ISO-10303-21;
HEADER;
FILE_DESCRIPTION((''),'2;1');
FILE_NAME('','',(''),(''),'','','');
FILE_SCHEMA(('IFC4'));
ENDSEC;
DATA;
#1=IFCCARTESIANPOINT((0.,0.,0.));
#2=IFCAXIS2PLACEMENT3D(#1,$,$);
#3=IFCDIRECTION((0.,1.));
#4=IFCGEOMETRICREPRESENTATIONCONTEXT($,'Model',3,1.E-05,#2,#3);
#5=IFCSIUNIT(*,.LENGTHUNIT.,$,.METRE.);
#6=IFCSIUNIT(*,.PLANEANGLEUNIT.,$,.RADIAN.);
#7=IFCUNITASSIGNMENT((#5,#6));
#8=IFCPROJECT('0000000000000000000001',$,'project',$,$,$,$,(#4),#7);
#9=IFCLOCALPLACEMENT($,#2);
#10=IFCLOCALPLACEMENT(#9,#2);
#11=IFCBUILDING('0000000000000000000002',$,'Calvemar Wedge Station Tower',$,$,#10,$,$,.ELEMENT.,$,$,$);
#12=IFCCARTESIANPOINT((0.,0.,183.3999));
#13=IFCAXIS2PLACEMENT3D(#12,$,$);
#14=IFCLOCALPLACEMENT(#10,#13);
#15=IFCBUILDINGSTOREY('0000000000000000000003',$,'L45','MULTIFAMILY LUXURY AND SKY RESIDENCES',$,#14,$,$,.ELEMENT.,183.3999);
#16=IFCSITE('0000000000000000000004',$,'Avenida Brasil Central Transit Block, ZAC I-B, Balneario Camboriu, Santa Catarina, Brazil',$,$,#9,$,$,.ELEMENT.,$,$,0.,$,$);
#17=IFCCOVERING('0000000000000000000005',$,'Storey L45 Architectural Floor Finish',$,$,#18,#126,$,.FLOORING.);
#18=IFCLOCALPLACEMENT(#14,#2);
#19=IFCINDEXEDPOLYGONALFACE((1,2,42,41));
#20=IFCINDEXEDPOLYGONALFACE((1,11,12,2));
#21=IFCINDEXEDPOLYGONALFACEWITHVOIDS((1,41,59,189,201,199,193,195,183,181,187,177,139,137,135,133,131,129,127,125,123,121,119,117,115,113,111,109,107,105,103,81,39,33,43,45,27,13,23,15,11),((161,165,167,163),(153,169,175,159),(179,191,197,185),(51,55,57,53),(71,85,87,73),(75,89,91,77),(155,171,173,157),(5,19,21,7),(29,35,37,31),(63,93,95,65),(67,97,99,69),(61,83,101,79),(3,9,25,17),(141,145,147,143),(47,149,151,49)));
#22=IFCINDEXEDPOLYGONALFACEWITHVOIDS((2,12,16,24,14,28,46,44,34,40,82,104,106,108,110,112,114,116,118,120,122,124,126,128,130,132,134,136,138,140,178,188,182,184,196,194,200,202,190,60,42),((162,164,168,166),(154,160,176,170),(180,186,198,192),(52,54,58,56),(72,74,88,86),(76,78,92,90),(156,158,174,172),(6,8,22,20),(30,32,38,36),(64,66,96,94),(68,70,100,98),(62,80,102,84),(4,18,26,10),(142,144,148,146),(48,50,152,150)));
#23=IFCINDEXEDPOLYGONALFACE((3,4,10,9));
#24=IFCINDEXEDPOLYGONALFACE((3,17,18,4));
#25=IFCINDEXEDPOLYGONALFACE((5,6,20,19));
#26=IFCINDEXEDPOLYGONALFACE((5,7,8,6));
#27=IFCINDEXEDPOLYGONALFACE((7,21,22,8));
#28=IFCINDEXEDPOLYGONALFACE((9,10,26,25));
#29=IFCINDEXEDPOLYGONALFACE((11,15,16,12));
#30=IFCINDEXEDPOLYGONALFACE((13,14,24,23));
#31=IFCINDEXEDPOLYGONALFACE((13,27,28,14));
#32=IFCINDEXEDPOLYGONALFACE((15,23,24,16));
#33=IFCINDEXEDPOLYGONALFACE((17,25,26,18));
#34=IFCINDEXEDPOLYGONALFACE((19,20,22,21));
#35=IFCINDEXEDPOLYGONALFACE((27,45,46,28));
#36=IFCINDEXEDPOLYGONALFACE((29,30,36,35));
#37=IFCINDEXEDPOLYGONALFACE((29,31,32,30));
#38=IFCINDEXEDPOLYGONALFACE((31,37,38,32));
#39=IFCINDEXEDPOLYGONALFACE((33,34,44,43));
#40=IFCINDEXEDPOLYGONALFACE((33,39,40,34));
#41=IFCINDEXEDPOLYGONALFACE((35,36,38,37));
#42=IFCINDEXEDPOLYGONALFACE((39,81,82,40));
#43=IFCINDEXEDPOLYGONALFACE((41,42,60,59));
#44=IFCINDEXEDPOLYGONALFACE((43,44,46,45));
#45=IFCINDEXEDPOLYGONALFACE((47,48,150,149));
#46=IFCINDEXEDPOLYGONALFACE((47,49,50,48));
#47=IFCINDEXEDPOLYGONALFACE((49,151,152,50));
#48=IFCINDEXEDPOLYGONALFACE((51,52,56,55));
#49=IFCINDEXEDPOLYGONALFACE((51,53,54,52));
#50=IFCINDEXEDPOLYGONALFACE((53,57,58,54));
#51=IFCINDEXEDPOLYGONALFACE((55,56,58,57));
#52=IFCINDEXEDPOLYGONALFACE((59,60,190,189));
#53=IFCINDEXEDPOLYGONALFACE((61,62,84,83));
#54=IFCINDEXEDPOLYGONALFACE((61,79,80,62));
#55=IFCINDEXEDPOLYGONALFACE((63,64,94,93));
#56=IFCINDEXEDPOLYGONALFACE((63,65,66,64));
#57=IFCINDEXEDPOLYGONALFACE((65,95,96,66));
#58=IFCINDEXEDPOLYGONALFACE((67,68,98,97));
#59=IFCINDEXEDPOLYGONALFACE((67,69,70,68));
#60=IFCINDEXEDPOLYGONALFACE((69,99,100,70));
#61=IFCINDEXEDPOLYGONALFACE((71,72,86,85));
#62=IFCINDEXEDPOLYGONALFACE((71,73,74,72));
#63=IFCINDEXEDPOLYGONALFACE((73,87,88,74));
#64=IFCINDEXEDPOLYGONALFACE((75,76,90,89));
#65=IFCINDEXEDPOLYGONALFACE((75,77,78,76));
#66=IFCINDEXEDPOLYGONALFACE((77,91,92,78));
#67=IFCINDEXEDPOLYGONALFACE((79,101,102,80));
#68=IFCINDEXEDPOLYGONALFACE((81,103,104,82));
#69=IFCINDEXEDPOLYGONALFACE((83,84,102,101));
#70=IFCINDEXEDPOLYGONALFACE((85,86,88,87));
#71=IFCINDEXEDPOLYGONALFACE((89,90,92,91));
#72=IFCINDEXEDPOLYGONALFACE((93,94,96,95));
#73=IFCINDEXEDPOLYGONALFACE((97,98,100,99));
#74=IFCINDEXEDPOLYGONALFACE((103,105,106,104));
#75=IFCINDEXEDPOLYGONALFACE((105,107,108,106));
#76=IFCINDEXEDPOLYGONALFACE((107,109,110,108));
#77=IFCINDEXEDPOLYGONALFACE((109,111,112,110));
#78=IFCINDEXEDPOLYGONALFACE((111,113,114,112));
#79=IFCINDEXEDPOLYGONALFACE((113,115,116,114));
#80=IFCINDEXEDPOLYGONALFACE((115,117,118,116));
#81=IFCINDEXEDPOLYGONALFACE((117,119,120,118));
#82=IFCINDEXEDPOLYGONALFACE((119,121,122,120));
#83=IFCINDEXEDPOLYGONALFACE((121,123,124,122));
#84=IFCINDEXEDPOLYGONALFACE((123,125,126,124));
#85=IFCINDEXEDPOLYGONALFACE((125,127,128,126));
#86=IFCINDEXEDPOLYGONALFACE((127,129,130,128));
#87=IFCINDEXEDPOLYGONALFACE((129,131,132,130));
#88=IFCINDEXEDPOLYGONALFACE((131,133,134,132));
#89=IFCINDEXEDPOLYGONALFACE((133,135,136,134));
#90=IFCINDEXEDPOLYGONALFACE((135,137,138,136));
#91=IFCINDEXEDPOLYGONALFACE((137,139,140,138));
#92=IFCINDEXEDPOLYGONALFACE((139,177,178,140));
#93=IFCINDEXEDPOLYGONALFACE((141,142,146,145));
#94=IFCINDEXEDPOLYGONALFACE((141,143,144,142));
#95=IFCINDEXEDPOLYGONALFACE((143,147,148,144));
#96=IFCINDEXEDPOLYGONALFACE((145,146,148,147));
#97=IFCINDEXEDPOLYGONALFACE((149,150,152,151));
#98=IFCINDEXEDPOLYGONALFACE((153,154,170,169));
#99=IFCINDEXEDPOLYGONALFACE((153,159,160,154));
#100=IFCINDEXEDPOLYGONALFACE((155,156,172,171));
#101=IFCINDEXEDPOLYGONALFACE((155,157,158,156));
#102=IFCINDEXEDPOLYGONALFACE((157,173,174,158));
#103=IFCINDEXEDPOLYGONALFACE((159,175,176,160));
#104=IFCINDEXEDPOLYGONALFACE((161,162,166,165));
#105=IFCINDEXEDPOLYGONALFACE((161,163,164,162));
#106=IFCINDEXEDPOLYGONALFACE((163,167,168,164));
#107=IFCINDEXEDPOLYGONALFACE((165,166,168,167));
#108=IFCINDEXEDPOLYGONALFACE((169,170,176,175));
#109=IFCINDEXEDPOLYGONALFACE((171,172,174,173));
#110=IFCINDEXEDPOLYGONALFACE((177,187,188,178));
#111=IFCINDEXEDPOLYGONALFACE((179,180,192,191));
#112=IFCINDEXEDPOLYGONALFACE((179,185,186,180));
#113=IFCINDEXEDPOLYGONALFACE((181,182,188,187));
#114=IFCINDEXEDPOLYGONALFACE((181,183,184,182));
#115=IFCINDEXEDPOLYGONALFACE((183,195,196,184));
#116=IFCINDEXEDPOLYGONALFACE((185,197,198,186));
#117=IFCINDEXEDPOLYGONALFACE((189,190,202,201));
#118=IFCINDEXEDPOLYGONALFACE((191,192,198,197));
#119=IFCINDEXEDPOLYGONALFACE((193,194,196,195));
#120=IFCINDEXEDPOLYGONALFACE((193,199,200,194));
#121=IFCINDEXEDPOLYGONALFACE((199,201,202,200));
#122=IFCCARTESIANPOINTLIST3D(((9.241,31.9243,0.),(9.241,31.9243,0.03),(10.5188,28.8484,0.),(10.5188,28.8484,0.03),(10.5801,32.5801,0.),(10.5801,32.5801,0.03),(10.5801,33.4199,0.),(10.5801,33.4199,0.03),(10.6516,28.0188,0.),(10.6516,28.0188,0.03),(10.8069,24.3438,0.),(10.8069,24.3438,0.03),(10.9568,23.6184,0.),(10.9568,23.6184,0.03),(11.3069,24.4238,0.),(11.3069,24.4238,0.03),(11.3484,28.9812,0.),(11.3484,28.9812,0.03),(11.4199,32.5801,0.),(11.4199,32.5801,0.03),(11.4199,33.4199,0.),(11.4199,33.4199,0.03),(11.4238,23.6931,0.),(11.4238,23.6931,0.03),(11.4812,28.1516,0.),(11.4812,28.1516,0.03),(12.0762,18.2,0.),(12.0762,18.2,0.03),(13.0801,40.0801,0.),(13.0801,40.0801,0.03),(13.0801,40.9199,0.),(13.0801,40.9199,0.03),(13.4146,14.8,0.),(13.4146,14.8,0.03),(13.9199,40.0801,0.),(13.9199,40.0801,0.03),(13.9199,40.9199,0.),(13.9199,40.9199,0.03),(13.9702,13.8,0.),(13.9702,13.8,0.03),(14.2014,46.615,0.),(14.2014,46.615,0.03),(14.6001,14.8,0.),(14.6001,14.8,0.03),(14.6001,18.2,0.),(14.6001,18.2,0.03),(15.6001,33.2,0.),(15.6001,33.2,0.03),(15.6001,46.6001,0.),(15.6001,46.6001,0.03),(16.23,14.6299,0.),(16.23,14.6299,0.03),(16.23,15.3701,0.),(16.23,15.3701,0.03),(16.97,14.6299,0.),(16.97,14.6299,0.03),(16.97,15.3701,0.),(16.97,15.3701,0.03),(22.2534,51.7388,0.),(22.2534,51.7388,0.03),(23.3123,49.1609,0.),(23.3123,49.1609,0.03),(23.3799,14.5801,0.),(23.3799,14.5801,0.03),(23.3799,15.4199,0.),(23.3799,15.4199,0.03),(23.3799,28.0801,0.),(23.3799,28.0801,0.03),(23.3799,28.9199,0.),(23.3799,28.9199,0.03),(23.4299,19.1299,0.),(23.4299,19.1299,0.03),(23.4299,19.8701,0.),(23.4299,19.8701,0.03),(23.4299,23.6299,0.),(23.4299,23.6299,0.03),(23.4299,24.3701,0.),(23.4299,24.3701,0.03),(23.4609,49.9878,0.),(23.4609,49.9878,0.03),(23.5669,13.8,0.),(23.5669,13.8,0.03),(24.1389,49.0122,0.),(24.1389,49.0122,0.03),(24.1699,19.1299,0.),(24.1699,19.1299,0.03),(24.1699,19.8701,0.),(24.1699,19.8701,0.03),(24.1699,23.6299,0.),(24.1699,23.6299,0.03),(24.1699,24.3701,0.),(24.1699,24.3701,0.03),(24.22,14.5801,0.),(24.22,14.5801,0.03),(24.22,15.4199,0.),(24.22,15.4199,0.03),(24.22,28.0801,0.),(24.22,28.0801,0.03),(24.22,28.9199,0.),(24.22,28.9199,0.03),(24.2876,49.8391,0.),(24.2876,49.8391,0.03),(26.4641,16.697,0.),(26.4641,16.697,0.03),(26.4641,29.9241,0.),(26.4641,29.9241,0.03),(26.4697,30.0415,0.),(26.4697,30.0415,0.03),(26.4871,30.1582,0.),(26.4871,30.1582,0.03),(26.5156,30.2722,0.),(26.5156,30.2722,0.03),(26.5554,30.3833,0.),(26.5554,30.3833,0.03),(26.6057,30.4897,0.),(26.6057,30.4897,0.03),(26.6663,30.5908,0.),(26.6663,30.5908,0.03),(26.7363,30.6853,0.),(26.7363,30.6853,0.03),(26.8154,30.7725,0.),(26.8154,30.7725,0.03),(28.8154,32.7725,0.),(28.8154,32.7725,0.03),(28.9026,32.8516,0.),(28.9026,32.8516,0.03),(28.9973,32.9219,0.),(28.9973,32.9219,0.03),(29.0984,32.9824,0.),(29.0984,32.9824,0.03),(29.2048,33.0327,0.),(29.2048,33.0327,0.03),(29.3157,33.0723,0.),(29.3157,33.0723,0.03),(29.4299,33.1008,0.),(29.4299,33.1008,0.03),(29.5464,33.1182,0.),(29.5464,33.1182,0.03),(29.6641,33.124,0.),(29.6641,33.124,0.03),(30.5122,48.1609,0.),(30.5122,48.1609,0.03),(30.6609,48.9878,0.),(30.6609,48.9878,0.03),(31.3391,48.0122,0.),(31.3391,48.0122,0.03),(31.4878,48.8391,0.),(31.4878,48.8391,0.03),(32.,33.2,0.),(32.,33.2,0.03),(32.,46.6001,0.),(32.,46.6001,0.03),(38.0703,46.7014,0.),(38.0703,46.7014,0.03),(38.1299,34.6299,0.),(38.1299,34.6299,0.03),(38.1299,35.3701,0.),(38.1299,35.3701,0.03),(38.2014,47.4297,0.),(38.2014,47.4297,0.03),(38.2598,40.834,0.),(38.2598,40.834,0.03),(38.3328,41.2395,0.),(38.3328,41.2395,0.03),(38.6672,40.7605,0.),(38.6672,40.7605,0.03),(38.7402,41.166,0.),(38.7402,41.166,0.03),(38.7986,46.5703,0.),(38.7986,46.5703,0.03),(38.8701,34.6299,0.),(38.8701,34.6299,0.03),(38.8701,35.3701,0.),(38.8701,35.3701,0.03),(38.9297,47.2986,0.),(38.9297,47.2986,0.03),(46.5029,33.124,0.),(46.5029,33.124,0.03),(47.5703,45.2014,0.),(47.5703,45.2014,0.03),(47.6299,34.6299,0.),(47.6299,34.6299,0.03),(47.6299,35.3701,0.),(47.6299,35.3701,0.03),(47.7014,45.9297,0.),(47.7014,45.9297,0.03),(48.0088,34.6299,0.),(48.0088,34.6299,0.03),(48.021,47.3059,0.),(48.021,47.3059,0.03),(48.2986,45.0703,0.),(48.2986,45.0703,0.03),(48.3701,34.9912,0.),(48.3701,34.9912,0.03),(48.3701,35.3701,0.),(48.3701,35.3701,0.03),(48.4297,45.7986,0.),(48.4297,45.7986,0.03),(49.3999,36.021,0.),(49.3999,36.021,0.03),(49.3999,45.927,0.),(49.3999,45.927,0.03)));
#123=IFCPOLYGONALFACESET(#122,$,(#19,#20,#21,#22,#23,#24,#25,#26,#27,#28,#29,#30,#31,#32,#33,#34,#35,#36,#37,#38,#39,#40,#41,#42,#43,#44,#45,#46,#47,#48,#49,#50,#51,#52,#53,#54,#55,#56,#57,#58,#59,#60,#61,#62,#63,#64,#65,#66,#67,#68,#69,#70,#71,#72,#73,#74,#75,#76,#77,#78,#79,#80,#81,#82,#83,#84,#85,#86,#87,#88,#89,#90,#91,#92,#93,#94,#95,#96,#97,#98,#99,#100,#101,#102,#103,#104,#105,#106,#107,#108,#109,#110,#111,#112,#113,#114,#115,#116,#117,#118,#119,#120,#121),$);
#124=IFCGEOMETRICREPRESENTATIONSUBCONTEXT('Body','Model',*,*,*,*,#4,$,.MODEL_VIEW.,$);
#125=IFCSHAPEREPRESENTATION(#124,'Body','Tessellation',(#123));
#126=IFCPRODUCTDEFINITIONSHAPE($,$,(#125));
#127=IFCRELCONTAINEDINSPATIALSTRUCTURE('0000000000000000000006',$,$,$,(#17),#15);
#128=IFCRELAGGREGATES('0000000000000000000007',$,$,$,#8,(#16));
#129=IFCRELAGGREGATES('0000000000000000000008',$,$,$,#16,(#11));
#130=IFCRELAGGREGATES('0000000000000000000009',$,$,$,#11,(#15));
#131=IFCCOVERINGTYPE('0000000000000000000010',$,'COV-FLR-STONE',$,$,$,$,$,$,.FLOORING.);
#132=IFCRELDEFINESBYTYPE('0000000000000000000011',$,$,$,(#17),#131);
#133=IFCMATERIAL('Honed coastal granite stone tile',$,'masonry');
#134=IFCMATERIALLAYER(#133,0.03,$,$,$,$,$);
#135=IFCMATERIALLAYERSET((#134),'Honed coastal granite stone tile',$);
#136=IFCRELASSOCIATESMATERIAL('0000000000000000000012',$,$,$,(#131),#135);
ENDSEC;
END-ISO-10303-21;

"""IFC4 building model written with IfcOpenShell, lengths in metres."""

from ifc_helpers import new_model, si_unit, direction, frame, origin, place, context, subcontext, project, spatial, polyline, outline, extrude, material, layer, layer_set, type_object, element, save


model = new_model("IFC4")

# Units and contexts
model_context = context("Model", 3, precision=1e-05, world=origin(), true_north=direction((0.0, 1.0)))
body_context = subcontext(model_context, "Body", "Model", "MODEL_VIEW")
ifc_project = project(units=[si_unit("LENGTHUNIT", "METRE"), si_unit("PLANEANGLEUNIT", "RADIAN")], contexts=[model_context])

# Site, building, storey
site_placement = place(None, origin())
site = spatial("IfcSite", under=ifc_project, at=site_placement, Name="Avenida Brasil Central Transit Block, ZAC I-B, Balneario Camboriu, Santa Catarina, Brazil", CompositionType="ELEMENT", RefElevation=0.0)
building_placement = place(site_placement, origin())
building = spatial("IfcBuilding", under=site, at=building_placement, Name="Calvemar Wedge Station Tower", CompositionType="ELEMENT")
storey_placement = place(building_placement, frame((0.0, 0.0, 183.3999)))
storey = spatial("IfcBuildingStorey", under=building, at=storey_placement, Name="L45", Description="MULTIFAMILY LUXURY AND SKY RESIDENCES", CompositionType="ELEMENT", Elevation=183.3999)

# Covering
ifc_material_1 = material(Name="Honed coastal granite stone tile", Category="masonry")
ifc_layer_1 = layer(ifc_material_1, 0.03)
ifc_layer_set_1 = layer_set([ifc_layer_1], Name="Honed coastal granite stone tile")
covering_type_1 = type_object("IfcCoveringType", Name="COV-FLR-STONE", PredefinedType="FLOORING", material=ifc_layer_set_1)
covering_1_placement = place(storey_placement, origin())
element("IfcCovering", 1, at=covering_1_placement, inside=storey, type_object=covering_type_1, Name="Storey L45 Architectural Floor Finish", PredefinedType="FLOORING", context=body_context, shape_type="SweptSolid", body=[
    extrude(outline(polyline([(26.8154, 30.7725), (28.8154, 32.7725), (28.9026, 32.8516), (28.9973, 32.9219), (29.0984, 32.9824), (29.2048, 33.0327), (29.3157, 33.0723), (29.4299, 33.1008), (29.5464, 33.1182), (29.6641, 33.124), (46.5029, 33.124), (48.0088, 34.6299), (47.6299, 34.6299), (47.6299, 35.3701), (48.3701, 35.3701), (48.3701, 34.9912), (49.3999, 36.021), (49.3999, 45.927), (48.021, 47.3059), (22.2534, 51.7388), (14.2014, 46.615), (9.241, 31.9243), (10.8069, 24.3438), (11.3069, 24.4238), (11.4238, 23.6931), (10.9568, 23.6184), (12.0762, 18.2), (14.6001, 18.2), (14.6001, 14.8), (13.4146, 14.8), (13.9702, 13.8), (23.5669, 13.8), (26.4641, 16.697), (26.4641, 29.9241), (26.4697, 30.0415), (26.4871, 30.1582), (26.5156, 30.2722), (26.5554, 30.3833), (26.6057, 30.4897), (26.6663, 30.5908), (26.7363, 30.6853), (26.8154, 30.7725)]), holes=[polyline([(15.6001, 46.6001), (32.0, 46.6001), (32.0, 33.2), (15.6001, 33.2), (15.6001, 46.6001)]), polyline([(10.5801, 32.5801), (10.5801, 33.4199), (11.4199, 33.4199), (11.4199, 32.5801), (10.5801, 32.5801)]), polyline([(13.0801, 40.9199), (13.9199, 40.9199), (13.9199, 40.0801), (13.0801, 40.0801), (13.0801, 40.9199)]), polyline([(24.2876, 49.8391), (24.1389, 49.0122), (23.3123, 49.1609), (23.4609, 49.9878), (24.2876, 49.8391)]), polyline([(31.3391, 48.0122), (30.5122, 48.1609), (30.6609, 48.9878), (31.4878, 48.8391), (31.3391, 48.0122)]), polyline([(38.0703, 46.7014), (38.2014, 47.4297), (38.9297, 47.2986), (38.7986, 46.5703), (38.0703, 46.7014)]), polyline([(47.7014, 45.9297), (48.4297, 45.7986), (48.2986, 45.0703), (47.5703, 45.2014), (47.7014, 45.9297)]), polyline([(38.8701, 35.3701), (38.8701, 34.6299), (38.1299, 34.6299), (38.1299, 35.3701), (38.8701, 35.3701)]), polyline([(38.2598, 40.834), (38.3328, 41.2395), (38.7402, 41.166), (38.6672, 40.7605), (38.2598, 40.834)]), polyline([(11.3484, 28.9812), (11.4812, 28.1516), (10.6516, 28.0188), (10.5188, 28.8484), (11.3484, 28.9812)]), polyline([(24.22, 28.0801), (23.3799, 28.0801), (23.3799, 28.9199), (24.22, 28.9199), (24.22, 28.0801)]), polyline([(23.4299, 23.6299), (23.4299, 24.3701), (24.1699, 24.3701), (24.1699, 23.6299), (23.4299, 23.6299)]), polyline([(23.4299, 19.8701), (24.1699, 19.8701), (24.1699, 19.1299), (23.4299, 19.1299), (23.4299, 19.8701)]), polyline([(24.22, 15.4199), (24.22, 14.5801), (23.3799, 14.5801), (23.3799, 15.4199), (24.22, 15.4199)]), polyline([(16.97, 14.6299), (16.23, 14.6299), (16.23, 15.3701), (16.97, 15.3701), (16.97, 14.6299)])]), origin(), (0.0, 0.0, 1.0), 0.03),
])

save(model, "model.ifc")
